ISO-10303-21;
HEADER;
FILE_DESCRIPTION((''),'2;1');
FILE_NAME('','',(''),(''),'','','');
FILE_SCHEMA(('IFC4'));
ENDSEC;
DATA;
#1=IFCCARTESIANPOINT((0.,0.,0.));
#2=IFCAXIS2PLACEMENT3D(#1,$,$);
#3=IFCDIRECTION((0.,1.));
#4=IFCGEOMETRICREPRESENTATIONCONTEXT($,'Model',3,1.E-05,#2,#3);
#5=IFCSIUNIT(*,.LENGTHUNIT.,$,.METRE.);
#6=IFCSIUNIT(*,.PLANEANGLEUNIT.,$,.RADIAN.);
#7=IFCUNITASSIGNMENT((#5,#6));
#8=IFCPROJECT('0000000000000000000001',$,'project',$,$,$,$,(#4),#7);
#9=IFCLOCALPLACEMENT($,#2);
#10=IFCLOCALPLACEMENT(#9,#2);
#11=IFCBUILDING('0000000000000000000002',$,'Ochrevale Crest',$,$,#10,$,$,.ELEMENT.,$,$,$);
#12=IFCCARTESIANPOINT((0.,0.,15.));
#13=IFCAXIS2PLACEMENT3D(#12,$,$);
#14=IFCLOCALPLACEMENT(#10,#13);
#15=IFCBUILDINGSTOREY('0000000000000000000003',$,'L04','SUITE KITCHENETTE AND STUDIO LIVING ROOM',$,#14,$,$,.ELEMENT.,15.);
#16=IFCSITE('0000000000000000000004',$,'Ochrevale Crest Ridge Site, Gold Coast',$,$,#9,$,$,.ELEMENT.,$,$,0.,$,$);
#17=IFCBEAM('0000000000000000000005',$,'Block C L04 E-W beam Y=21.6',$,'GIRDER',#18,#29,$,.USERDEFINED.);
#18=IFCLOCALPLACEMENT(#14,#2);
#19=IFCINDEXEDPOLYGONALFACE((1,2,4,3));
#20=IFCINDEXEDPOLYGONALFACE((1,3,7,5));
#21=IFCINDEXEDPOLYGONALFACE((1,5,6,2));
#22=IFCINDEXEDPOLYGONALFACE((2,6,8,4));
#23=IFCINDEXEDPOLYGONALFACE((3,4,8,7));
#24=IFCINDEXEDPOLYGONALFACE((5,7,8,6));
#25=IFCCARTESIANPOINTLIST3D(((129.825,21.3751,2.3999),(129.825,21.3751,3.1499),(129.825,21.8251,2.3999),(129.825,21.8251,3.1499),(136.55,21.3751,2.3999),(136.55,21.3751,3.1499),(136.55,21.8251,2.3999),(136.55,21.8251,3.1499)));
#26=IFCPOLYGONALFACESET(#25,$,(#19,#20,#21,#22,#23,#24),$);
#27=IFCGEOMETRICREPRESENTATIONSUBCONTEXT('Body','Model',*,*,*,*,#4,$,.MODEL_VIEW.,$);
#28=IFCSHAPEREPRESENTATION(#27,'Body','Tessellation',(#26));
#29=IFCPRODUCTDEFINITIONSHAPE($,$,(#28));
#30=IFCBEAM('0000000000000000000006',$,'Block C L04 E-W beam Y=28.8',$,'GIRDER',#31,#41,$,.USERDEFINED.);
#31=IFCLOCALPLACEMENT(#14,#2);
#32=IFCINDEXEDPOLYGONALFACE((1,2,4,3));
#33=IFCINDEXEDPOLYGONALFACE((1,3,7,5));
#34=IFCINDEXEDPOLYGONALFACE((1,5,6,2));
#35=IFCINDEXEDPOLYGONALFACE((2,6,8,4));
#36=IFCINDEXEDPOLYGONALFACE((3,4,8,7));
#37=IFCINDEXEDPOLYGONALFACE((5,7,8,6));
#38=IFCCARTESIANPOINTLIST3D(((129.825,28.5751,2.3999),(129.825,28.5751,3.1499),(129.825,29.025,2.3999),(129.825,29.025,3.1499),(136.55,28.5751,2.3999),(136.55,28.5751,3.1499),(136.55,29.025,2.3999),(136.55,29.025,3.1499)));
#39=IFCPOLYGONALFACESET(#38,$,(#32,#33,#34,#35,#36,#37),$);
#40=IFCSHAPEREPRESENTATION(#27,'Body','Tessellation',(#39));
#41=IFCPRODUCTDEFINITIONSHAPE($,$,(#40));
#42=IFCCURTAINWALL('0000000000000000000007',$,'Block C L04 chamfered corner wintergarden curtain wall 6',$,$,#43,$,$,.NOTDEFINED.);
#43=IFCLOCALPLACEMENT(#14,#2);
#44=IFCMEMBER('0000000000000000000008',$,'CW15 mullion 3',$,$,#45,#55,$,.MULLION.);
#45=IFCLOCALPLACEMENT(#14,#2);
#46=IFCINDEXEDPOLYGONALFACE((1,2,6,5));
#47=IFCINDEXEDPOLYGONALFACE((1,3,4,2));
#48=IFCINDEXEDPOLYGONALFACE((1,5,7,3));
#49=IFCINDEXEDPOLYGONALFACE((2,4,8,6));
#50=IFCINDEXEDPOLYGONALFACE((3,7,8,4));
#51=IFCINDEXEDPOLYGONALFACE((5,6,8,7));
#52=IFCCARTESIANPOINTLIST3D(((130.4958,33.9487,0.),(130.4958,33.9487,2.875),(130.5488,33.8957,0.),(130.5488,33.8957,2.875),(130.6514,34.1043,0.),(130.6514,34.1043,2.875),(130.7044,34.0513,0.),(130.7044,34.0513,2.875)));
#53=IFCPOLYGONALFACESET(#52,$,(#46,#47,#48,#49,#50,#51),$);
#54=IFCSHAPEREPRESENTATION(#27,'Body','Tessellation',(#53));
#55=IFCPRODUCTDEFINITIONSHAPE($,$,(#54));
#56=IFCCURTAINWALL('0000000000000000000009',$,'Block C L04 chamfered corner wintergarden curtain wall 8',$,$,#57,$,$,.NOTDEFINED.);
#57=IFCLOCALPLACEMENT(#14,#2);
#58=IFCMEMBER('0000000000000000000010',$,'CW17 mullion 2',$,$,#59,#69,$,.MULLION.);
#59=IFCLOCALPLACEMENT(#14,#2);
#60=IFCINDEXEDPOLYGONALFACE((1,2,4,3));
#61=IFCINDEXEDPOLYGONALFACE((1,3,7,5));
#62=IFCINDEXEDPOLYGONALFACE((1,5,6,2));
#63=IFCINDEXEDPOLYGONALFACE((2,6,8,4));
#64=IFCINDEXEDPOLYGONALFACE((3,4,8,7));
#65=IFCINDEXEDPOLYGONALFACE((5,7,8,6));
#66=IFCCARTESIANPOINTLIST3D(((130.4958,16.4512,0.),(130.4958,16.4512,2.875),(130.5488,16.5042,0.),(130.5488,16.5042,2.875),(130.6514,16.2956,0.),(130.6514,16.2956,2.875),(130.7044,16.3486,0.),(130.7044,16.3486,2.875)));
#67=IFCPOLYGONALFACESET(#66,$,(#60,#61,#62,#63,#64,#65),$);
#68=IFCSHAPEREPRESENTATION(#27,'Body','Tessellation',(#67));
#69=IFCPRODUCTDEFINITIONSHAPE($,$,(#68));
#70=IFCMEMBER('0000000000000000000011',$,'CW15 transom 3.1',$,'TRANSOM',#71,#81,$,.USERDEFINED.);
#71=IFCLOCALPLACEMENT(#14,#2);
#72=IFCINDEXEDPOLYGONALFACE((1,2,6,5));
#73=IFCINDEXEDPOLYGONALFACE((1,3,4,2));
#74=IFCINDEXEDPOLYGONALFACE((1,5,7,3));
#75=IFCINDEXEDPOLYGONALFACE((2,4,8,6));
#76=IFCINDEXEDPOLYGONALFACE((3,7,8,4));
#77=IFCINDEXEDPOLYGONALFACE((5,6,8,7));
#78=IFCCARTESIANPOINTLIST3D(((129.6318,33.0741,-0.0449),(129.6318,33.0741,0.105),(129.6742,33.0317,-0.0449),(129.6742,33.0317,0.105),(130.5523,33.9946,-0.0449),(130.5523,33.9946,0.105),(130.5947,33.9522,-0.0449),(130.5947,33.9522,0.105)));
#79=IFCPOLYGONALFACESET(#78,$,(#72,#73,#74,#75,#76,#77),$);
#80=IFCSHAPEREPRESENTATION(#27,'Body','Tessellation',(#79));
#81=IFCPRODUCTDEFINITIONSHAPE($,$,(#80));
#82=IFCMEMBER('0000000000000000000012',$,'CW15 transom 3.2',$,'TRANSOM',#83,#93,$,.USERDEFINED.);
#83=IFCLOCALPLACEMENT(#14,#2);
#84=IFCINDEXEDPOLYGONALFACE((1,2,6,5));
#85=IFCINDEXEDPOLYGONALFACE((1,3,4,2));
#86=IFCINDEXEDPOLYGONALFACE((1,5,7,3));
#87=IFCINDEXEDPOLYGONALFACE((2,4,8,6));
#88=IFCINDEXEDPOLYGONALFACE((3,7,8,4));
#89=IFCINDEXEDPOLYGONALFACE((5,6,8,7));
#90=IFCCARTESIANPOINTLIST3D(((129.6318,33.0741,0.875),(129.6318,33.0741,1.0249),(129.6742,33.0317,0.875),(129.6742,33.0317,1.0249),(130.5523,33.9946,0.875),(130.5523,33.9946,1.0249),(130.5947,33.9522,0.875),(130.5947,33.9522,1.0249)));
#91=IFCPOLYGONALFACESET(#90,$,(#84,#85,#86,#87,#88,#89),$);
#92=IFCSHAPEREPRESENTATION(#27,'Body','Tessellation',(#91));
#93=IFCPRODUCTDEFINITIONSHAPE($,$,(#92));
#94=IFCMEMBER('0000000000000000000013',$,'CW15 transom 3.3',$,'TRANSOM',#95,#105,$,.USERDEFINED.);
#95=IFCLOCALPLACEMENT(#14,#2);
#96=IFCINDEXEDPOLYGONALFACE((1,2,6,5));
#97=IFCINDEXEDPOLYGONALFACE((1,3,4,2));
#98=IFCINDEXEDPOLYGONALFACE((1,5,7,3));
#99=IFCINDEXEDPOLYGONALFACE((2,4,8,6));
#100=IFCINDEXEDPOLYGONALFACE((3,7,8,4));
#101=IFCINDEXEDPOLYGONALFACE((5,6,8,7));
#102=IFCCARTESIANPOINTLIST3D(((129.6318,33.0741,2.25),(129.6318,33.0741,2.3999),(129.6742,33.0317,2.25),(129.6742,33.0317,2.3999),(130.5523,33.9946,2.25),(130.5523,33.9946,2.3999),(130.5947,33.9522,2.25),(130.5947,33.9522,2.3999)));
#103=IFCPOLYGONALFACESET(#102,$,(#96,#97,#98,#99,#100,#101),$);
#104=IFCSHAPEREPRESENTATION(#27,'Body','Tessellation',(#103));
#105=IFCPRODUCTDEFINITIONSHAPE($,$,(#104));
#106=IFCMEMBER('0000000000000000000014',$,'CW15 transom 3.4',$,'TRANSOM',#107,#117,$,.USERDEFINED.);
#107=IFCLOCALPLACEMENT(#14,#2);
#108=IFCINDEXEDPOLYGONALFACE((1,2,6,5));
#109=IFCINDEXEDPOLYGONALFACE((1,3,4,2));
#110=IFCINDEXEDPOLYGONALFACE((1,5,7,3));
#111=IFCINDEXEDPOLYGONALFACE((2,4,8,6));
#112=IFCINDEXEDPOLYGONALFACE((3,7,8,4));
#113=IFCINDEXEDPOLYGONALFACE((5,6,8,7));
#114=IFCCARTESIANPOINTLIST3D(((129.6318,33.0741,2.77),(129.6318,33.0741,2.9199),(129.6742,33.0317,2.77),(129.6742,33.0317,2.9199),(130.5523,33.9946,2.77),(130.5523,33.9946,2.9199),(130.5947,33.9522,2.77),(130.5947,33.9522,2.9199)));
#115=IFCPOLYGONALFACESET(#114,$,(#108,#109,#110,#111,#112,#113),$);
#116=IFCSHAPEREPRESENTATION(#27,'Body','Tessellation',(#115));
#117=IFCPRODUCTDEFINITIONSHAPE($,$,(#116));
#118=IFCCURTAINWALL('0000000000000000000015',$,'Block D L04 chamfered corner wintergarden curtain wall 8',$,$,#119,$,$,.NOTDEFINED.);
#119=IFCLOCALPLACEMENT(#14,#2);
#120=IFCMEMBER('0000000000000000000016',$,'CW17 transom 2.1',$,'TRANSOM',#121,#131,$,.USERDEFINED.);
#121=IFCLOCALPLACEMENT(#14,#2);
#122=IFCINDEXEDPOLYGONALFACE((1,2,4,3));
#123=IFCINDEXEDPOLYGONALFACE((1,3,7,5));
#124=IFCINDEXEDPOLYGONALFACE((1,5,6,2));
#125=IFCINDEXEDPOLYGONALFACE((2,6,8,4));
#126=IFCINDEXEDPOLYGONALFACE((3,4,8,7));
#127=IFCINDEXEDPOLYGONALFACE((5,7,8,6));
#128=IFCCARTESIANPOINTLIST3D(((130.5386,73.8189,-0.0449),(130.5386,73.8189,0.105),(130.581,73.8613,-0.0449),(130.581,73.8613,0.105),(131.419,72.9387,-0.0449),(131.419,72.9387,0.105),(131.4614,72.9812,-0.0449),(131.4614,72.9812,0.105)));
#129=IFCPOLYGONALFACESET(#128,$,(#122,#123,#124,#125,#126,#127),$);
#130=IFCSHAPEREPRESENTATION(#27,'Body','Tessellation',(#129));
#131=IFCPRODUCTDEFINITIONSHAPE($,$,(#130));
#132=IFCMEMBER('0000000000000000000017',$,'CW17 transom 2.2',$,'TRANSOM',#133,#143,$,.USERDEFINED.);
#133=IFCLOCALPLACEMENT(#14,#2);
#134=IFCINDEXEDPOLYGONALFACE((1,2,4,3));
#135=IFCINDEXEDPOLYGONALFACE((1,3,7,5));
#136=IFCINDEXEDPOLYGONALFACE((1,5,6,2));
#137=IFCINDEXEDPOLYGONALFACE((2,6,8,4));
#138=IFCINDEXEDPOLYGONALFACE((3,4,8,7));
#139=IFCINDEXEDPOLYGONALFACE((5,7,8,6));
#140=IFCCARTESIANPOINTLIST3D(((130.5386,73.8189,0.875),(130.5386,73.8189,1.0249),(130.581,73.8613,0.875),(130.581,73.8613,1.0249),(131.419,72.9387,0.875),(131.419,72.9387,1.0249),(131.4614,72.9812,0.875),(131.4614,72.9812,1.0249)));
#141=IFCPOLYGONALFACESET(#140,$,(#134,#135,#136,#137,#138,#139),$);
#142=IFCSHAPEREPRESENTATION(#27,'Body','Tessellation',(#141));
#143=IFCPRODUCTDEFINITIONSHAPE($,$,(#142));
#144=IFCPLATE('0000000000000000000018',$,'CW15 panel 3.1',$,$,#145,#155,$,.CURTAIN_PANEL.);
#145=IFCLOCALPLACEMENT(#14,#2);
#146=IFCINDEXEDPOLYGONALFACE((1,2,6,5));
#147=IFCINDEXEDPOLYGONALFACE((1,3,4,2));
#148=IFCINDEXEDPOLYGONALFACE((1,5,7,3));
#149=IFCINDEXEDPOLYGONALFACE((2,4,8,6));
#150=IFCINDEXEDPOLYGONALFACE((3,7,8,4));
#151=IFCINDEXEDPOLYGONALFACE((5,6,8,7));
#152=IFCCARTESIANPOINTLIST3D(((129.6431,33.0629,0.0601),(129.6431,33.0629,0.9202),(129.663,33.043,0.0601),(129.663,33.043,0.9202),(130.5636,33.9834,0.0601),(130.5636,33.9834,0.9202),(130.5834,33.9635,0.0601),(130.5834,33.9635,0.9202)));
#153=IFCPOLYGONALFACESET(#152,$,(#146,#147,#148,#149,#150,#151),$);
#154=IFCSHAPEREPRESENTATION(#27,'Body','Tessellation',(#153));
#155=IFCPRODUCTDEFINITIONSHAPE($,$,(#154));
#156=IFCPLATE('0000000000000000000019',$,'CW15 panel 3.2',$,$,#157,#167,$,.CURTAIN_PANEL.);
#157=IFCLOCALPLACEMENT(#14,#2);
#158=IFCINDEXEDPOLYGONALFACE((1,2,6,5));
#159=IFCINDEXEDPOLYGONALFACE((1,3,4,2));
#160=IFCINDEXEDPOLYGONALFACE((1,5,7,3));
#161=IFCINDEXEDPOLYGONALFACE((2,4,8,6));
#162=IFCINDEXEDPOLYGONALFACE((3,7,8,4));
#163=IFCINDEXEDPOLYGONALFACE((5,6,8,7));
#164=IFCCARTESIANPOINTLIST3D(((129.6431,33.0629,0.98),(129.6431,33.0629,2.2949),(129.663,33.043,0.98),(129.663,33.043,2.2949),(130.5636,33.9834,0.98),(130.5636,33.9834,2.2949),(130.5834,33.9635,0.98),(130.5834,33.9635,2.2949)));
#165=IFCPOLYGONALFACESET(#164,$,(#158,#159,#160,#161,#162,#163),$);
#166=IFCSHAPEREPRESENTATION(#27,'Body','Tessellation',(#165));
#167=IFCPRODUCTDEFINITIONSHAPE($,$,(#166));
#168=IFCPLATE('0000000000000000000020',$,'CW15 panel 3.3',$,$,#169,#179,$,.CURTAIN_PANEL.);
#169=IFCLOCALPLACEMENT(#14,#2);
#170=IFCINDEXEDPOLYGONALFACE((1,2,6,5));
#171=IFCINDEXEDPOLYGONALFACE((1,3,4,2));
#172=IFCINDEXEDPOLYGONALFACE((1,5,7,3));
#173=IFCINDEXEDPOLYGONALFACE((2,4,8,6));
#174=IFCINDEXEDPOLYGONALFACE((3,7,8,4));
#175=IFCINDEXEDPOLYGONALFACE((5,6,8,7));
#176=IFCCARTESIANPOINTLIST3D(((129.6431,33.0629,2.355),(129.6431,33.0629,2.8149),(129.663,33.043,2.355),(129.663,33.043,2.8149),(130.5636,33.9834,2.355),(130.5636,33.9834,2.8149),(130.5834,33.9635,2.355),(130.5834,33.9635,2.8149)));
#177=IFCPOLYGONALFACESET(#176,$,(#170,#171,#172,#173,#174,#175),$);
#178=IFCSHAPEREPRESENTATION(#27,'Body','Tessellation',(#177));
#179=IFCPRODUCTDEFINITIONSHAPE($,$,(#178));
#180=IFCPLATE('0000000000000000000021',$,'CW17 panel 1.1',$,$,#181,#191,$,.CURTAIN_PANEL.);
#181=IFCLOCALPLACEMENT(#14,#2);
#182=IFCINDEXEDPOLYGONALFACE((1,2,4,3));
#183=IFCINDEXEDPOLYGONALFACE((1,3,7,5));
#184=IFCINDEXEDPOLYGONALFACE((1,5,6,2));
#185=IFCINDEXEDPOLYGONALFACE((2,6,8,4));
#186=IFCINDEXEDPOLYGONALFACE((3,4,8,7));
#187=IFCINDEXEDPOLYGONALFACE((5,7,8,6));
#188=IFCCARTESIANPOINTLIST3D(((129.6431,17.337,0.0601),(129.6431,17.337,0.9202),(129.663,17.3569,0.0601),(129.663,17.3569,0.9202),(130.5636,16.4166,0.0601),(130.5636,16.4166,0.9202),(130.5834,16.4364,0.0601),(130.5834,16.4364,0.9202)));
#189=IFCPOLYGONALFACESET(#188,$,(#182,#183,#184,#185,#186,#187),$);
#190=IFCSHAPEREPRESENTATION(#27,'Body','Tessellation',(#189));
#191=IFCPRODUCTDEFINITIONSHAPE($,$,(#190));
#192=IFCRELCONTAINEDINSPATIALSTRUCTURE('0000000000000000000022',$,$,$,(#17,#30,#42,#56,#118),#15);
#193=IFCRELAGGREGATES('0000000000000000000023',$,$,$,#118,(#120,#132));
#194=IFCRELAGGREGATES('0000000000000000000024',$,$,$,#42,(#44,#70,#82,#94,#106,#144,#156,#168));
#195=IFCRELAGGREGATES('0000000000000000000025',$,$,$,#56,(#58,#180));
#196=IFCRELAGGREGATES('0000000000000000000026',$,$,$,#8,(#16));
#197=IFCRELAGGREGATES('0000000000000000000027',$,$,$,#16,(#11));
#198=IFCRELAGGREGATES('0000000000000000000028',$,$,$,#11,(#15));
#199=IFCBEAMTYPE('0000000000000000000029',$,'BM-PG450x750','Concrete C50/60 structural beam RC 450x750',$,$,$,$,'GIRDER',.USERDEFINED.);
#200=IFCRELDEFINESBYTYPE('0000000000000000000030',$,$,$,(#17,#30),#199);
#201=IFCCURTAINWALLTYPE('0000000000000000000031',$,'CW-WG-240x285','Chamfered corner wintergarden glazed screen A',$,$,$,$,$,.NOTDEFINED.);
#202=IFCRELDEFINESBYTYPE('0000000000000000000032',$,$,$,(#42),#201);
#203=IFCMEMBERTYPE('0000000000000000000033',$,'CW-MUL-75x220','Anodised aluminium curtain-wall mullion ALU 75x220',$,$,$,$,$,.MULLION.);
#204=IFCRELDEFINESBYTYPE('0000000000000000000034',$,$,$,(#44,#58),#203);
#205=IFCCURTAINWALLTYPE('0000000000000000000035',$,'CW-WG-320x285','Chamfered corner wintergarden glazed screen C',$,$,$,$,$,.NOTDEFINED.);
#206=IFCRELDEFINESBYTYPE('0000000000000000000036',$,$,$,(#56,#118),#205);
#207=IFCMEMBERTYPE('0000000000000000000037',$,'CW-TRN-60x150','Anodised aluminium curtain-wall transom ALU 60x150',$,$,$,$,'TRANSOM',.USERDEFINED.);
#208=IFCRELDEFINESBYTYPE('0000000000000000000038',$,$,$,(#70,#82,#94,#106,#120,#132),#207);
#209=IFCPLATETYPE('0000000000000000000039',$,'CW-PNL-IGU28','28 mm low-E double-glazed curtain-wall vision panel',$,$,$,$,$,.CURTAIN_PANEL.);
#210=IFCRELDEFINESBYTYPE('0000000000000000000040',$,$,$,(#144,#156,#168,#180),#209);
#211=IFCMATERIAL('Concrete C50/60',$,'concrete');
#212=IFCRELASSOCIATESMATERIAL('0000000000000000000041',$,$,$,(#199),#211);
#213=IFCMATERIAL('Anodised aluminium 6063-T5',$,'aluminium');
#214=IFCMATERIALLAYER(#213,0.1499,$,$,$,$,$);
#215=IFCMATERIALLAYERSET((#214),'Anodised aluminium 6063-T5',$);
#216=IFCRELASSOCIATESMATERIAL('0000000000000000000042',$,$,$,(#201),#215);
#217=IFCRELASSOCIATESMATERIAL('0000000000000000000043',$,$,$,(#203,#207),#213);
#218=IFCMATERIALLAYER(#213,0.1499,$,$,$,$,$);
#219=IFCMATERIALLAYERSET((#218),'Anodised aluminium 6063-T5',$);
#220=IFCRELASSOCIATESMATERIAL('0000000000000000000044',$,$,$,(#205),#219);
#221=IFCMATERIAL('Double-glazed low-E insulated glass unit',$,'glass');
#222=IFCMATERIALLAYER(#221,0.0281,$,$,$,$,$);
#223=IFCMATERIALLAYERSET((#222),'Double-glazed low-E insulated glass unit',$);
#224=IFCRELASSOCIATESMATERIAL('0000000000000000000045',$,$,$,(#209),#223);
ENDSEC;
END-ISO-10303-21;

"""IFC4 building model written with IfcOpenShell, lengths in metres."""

from ifc_helpers import new_model, si_unit, direction, frame, origin, origin_2d, place, context, subcontext, project, spatial, rectangle, extrude, material, layer, layer_set, material_profile, profile_set, type_object, element, aggregate, save


model = new_model("IFC4")

# Units and contexts
model_context = context("Model", 3, precision=1e-05, world=origin(), true_north=direction((0.0, 1.0)))
body_context = subcontext(model_context, "Body", "Model", "MODEL_VIEW")
ifc_project = project(units=[si_unit("LENGTHUNIT", "METRE"), si_unit("PLANEANGLEUNIT", "RADIAN")], contexts=[model_context])

# Site, building, storey
site_placement = place(None, origin())
site = spatial("IfcSite", under=ifc_project, at=site_placement, Name="Ochrevale Crest Ridge Site, Gold Coast", CompositionType="ELEMENT", RefElevation=0.0)
building_placement = place(site_placement, origin())
building = spatial("IfcBuilding", under=site, at=building_placement, Name="Ochrevale Crest", CompositionType="ELEMENT")
storey_placement = place(building_placement, frame((0.0, 0.0, 15.0)))
storey = spatial("IfcBuildingStorey", under=building, at=storey_placement, Name="L04", Description="SUITE KITCHENETTE AND STUDIO LIVING ROOM", CompositionType="ELEMENT", Elevation=15.0)

# Beams
ifc_material_1 = material(Name="Concrete C50/60", Category="concrete")
ifc_material_profile_1 = material_profile(ifc_material_1, rectangle(XDim=0.45, YDim=0.75, at=origin_2d()), Name="RC 450x750")
ifc_profile_set_1 = profile_set([ifc_material_profile_1], Name="Concrete C50/60")
beam_type = type_object("IfcBeamType", Name="BM-PG450x750", Description="Concrete C50/60 structural beam RC 450x750", ElementType="GIRDER", PredefinedType="USERDEFINED", material=ifc_profile_set_1)
for number, where, z_axis, x_axis, name in (
    (1, (129.825, 21.6001, 2.7749), (1.0, 0.0, 0.0), (0.0, 1.0, 0.0), "Block C L04 E-W beam Y=21.6"),
    (2, (129.825, 28.8, 2.7749), (1.0, 0.0, 0.0), (0.0, 1.0, 0.0), "Block C L04 E-W beam Y=28.8"),
):
    element("IfcBeam", number, at=place(storey_placement, frame(where, z_axis=z_axis, x_axis=x_axis)), inside=storey, type_object=beam_type, Name=name, ObjectType="GIRDER", PredefinedType="USERDEFINED", context=body_context, shape_type="SweptSolid", body=[
        extrude(rectangle(XDim=0.45, YDim=0.75, at=origin_2d()), origin(), (0.0, 0.0, 1.0), 6.7251),
    ])

# Curtain walls, members
ifc_material_2 = material(Name="Anodised aluminium 6063-T5", Category="aluminium")
ifc_layer_1 = layer(ifc_material_2, 0.1499)
ifc_layer_set_1 = layer_set([ifc_layer_1], Name="Anodised aluminium 6063-T5")
curtain_wall_type_1 = type_object("IfcCurtainWallType", Name="CW-WG-240x285", Description="Chamfered corner wintergarden glazed screen A", PredefinedType="NOTDEFINED", material=ifc_layer_set_1)
curtain_wall_1_placement = place(storey_placement, origin())
curtain_wall_1 = element("IfcCurtainWall", 3, at=curtain_wall_1_placement, inside=storey, type_object=curtain_wall_type_1, Name="Block C L04 chamfered corner wintergarden curtain wall 6", PredefinedType="NOTDEFINED")
ifc_material_profile_2 = material_profile(ifc_material_2, rectangle(XDim=0.075, YDim=0.22, at=origin_2d()), Name="ALU 75x220")
ifc_profile_set_2 = profile_set([ifc_material_profile_2], Name="Anodised aluminium 6063-T5")
member_type_1 = type_object("IfcMemberType", Name="CW-MUL-75x220", Description="Anodised aluminium curtain-wall mullion ALU 75x220", PredefinedType="MULLION", material=ifc_profile_set_2)
member_1_placement = place(storey_placement, frame((130.6001, 34.0, 0.0), z_axis=(0.0, 0.0, 1.0), x_axis=(0.707107, -0.707107, 0.0)))
member_1 = element("IfcMember", 4, at=member_1_placement, type_object=member_type_1, Name="CW15 mullion 3", PredefinedType="MULLION", context=body_context, shape_type="SweptSolid", body=[
    extrude(rectangle(XDim=0.075, YDim=0.22, at=origin_2d()), origin(), (0.0, 0.0, 1.0), 2.875),
])
ifc_layer_2 = layer(ifc_material_2, 0.1499)
ifc_layer_set_2 = layer_set([ifc_layer_2], Name="Anodised aluminium 6063-T5")
curtain_wall_type_2 = type_object("IfcCurtainWallType", Name="CW-WG-320x285", Description="Chamfered corner wintergarden glazed screen C", PredefinedType="NOTDEFINED", material=ifc_layer_set_2)
curtain_wall_2_placement = place(storey_placement, origin())
curtain_wall_2 = element("IfcCurtainWall", 5, at=curtain_wall_2_placement, inside=storey, type_object=curtain_wall_type_2, Name="Block C L04 chamfered corner wintergarden curtain wall 8", PredefinedType="NOTDEFINED")
member_2_placement = place(storey_placement, frame((130.6001, 16.3999, 0.0), z_axis=(0.0, 0.0, 1.0), x_axis=(0.707107, 0.707107, 0.0)))
member_2 = element("IfcMember", 6, at=member_2_placement, type_object=member_type_1, Name="CW17 mullion 2", PredefinedType="MULLION", context=body_context, shape_type="SweptSolid", body=[
    extrude(rectangle(XDim=0.075, YDim=0.22, at=origin_2d()), origin(), (0.0, 0.0, 1.0), 2.875),
])

# Members
ifc_material_profile_3 = material_profile(ifc_material_2, rectangle(XDim=0.0601, YDim=0.1499, at=origin_2d()), Name="ALU 60x150")
ifc_profile_set_3 = profile_set([ifc_material_profile_3], Name="Anodised aluminium 6063-T5")
member_type_2 = type_object("IfcMemberType", Name="CW-TRN-60x150", Description="Anodised aluminium curtain-wall transom ALU 60x150", ElementType="TRANSOM", PredefinedType="USERDEFINED", material=ifc_profile_set_3)
member_3_placement = place(storey_placement, frame((130.5735, 33.9734, 0.03), z_axis=(-0.707107, -0.707107, 0.0), x_axis=(0.707107, -0.707107, 0.0)))
member_3 = element("IfcMember", 7, at=member_3_placement, type_object=member_type_2, Name="CW15 transom 3.1", ObjectType="TRANSOM", PredefinedType="USERDEFINED", context=body_context, shape_type="SweptSolid", body=[
    extrude(rectangle(XDim=0.0601, YDim=0.1499, at=origin_2d()), origin(), (0.0, 0.0, 1.0), 1.3018),
])
member_4_placement = place(storey_placement, frame((130.5735, 33.9734, 0.95), z_axis=(-0.707107, -0.707107, 0.0), x_axis=(0.707107, -0.707107, 0.0)))
member_4 = element("IfcMember", 8, at=member_4_placement, type_object=member_type_2, Name="CW15 transom 3.2", ObjectType="TRANSOM", PredefinedType="USERDEFINED", context=body_context, shape_type="SweptSolid", body=[
    extrude(rectangle(XDim=0.0601, YDim=0.1499, at=origin_2d()), origin(), (0.0, 0.0, 1.0), 1.3018),
])
member_5_placement = place(storey_placement, frame((130.5735, 33.9734, 2.325), z_axis=(-0.707107, -0.707107, 0.0), x_axis=(0.707107, -0.707107, 0.0)))
member_5 = element("IfcMember", 9, at=member_5_placement, type_object=member_type_2, Name="CW15 transom 3.3", ObjectType="TRANSOM", PredefinedType="USERDEFINED", context=body_context, shape_type="SweptSolid", body=[
    extrude(rectangle(XDim=0.0601, YDim=0.1499, at=origin_2d()), origin(), (0.0, 0.0, 1.0), 1.3018),
])
member_6_placement = place(storey_placement, frame((130.5735, 33.9734, 2.845), z_axis=(-0.707107, -0.707107, 0.0), x_axis=(0.707107, -0.707107, 0.0)))
member_6 = element("IfcMember", 10, at=member_6_placement, type_object=member_type_2, Name="CW15 transom 3.4", ObjectType="TRANSOM", PredefinedType="USERDEFINED", context=body_context, shape_type="SweptSolid", body=[
    extrude(rectangle(XDim=0.0601, YDim=0.1499, at=origin_2d()), origin(), (0.0, 0.0, 1.0), 1.3018),
])

# Curtain wall, members
curtain_wall_3_placement = place(storey_placement, origin())
curtain_wall_3 = element("IfcCurtainWall", 11, at=curtain_wall_3_placement, inside=storey, type_object=curtain_wall_type_2, Name="Block D L04 chamfered corner wintergarden curtain wall 8", PredefinedType="NOTDEFINED")
member_7_placement = place(storey_placement, frame((130.5598, 73.8401, 0.03), z_axis=(0.707205, -0.707009, 0.0), x_axis=(0.707009, 0.707205, 0.0)))
member_7 = element("IfcMember", 12, at=member_7_placement, type_object=member_type_2, Name="CW17 transom 2.1", ObjectType="TRANSOM", PredefinedType="USERDEFINED", context=body_context, shape_type="SweptSolid", body=[
    extrude(rectangle(XDim=0.0601, YDim=0.1499, at=origin_2d()), origin(), (0.0, 0.0, 1.0), 1.2449),
])
member_8_placement = place(storey_placement, frame((130.5598, 73.8401, 0.95), z_axis=(0.707205, -0.707009, 0.0), x_axis=(0.707009, 0.707205, 0.0)))
member_8 = element("IfcMember", 13, at=member_8_placement, type_object=member_type_2, Name="CW17 transom 2.2", ObjectType="TRANSOM", PredefinedType="USERDEFINED", context=body_context, shape_type="SweptSolid", body=[
    extrude(rectangle(XDim=0.0601, YDim=0.1499, at=origin_2d()), origin(), (0.0, 0.0, 1.0), 1.2449),
])
aggregate(curtain_wall_3, [member_7, member_8])

# Plates
ifc_material_3 = material(Name="Double-glazed low-E insulated glass unit", Category="glass")
ifc_layer_3 = layer(ifc_material_3, 0.0281)
ifc_layer_set_3 = layer_set([ifc_layer_3], Name="Double-glazed low-E insulated glass unit")
plate_type = type_object("IfcPlateType", Name="CW-PNL-IGU28", Description="28 mm low-E double-glazed curtain-wall vision panel", PredefinedType="CURTAIN_PANEL", material=ifc_layer_set_3)
plate_1_placement = place(storey_placement, frame((130.1133, 33.5132, 0.0601), z_axis=(0.0, 0.0, 1.0), x_axis=(-0.707107, -0.707107, 0.0)))
plate_1 = element("IfcPlate", 14, at=plate_1_placement, type_object=plate_type, Name="CW15 panel 3.1", PredefinedType="CURTAIN_PANEL", context=body_context, shape_type="SweptSolid", body=[
    extrude(rectangle(XDim=1.3018, YDim=0.0281, at=origin_2d()), origin(), (0.0, 0.0, 1.0), 0.8601),
])
plate_2_placement = place(storey_placement, frame((130.1133, 33.5132, 0.98), z_axis=(0.0, 0.0, 1.0), x_axis=(-0.707107, -0.707107, 0.0)))
plate_2 = element("IfcPlate", 15, at=plate_2_placement, type_object=plate_type, Name="CW15 panel 3.2", PredefinedType="CURTAIN_PANEL", context=body_context, shape_type="SweptSolid", body=[
    extrude(rectangle(XDim=1.3018, YDim=0.0281, at=origin_2d()), origin(), (0.0, 0.0, 1.0), 1.3149),
])
plate_3_placement = place(storey_placement, frame((130.1133, 33.5132, 2.355), z_axis=(0.0, 0.0, 1.0), x_axis=(-0.707107, -0.707107, 0.0)))
plate_3 = element("IfcPlate", 16, at=plate_3_placement, type_object=plate_type, Name="CW15 panel 3.3", PredefinedType="CURTAIN_PANEL", context=body_context, shape_type="SweptSolid", body=[
    extrude(rectangle(XDim=1.3018, YDim=0.0281, at=origin_2d()), origin(), (0.0, 0.0, 1.0), 0.46),
])
aggregate(curtain_wall_1, [member_1, member_3, member_4, member_5, member_6, plate_1, plate_2, plate_3])
plate_4_placement = place(storey_placement, frame((130.1133, 16.8867, 0.0601), z_axis=(0.0, 0.0, 1.0), x_axis=(0.707107, -0.707107, 0.0)))
plate_4 = element("IfcPlate", 17, at=plate_4_placement, type_object=plate_type, Name="CW17 panel 1.1", PredefinedType="CURTAIN_PANEL", context=body_context, shape_type="SweptSolid", body=[
    extrude(rectangle(XDim=1.3018, YDim=0.0281, at=origin_2d()), origin(), (0.0, 0.0, 1.0), 0.8601),
])
aggregate(curtain_wall_2, [member_2, plate_4])

save(model, "model.ifc")
